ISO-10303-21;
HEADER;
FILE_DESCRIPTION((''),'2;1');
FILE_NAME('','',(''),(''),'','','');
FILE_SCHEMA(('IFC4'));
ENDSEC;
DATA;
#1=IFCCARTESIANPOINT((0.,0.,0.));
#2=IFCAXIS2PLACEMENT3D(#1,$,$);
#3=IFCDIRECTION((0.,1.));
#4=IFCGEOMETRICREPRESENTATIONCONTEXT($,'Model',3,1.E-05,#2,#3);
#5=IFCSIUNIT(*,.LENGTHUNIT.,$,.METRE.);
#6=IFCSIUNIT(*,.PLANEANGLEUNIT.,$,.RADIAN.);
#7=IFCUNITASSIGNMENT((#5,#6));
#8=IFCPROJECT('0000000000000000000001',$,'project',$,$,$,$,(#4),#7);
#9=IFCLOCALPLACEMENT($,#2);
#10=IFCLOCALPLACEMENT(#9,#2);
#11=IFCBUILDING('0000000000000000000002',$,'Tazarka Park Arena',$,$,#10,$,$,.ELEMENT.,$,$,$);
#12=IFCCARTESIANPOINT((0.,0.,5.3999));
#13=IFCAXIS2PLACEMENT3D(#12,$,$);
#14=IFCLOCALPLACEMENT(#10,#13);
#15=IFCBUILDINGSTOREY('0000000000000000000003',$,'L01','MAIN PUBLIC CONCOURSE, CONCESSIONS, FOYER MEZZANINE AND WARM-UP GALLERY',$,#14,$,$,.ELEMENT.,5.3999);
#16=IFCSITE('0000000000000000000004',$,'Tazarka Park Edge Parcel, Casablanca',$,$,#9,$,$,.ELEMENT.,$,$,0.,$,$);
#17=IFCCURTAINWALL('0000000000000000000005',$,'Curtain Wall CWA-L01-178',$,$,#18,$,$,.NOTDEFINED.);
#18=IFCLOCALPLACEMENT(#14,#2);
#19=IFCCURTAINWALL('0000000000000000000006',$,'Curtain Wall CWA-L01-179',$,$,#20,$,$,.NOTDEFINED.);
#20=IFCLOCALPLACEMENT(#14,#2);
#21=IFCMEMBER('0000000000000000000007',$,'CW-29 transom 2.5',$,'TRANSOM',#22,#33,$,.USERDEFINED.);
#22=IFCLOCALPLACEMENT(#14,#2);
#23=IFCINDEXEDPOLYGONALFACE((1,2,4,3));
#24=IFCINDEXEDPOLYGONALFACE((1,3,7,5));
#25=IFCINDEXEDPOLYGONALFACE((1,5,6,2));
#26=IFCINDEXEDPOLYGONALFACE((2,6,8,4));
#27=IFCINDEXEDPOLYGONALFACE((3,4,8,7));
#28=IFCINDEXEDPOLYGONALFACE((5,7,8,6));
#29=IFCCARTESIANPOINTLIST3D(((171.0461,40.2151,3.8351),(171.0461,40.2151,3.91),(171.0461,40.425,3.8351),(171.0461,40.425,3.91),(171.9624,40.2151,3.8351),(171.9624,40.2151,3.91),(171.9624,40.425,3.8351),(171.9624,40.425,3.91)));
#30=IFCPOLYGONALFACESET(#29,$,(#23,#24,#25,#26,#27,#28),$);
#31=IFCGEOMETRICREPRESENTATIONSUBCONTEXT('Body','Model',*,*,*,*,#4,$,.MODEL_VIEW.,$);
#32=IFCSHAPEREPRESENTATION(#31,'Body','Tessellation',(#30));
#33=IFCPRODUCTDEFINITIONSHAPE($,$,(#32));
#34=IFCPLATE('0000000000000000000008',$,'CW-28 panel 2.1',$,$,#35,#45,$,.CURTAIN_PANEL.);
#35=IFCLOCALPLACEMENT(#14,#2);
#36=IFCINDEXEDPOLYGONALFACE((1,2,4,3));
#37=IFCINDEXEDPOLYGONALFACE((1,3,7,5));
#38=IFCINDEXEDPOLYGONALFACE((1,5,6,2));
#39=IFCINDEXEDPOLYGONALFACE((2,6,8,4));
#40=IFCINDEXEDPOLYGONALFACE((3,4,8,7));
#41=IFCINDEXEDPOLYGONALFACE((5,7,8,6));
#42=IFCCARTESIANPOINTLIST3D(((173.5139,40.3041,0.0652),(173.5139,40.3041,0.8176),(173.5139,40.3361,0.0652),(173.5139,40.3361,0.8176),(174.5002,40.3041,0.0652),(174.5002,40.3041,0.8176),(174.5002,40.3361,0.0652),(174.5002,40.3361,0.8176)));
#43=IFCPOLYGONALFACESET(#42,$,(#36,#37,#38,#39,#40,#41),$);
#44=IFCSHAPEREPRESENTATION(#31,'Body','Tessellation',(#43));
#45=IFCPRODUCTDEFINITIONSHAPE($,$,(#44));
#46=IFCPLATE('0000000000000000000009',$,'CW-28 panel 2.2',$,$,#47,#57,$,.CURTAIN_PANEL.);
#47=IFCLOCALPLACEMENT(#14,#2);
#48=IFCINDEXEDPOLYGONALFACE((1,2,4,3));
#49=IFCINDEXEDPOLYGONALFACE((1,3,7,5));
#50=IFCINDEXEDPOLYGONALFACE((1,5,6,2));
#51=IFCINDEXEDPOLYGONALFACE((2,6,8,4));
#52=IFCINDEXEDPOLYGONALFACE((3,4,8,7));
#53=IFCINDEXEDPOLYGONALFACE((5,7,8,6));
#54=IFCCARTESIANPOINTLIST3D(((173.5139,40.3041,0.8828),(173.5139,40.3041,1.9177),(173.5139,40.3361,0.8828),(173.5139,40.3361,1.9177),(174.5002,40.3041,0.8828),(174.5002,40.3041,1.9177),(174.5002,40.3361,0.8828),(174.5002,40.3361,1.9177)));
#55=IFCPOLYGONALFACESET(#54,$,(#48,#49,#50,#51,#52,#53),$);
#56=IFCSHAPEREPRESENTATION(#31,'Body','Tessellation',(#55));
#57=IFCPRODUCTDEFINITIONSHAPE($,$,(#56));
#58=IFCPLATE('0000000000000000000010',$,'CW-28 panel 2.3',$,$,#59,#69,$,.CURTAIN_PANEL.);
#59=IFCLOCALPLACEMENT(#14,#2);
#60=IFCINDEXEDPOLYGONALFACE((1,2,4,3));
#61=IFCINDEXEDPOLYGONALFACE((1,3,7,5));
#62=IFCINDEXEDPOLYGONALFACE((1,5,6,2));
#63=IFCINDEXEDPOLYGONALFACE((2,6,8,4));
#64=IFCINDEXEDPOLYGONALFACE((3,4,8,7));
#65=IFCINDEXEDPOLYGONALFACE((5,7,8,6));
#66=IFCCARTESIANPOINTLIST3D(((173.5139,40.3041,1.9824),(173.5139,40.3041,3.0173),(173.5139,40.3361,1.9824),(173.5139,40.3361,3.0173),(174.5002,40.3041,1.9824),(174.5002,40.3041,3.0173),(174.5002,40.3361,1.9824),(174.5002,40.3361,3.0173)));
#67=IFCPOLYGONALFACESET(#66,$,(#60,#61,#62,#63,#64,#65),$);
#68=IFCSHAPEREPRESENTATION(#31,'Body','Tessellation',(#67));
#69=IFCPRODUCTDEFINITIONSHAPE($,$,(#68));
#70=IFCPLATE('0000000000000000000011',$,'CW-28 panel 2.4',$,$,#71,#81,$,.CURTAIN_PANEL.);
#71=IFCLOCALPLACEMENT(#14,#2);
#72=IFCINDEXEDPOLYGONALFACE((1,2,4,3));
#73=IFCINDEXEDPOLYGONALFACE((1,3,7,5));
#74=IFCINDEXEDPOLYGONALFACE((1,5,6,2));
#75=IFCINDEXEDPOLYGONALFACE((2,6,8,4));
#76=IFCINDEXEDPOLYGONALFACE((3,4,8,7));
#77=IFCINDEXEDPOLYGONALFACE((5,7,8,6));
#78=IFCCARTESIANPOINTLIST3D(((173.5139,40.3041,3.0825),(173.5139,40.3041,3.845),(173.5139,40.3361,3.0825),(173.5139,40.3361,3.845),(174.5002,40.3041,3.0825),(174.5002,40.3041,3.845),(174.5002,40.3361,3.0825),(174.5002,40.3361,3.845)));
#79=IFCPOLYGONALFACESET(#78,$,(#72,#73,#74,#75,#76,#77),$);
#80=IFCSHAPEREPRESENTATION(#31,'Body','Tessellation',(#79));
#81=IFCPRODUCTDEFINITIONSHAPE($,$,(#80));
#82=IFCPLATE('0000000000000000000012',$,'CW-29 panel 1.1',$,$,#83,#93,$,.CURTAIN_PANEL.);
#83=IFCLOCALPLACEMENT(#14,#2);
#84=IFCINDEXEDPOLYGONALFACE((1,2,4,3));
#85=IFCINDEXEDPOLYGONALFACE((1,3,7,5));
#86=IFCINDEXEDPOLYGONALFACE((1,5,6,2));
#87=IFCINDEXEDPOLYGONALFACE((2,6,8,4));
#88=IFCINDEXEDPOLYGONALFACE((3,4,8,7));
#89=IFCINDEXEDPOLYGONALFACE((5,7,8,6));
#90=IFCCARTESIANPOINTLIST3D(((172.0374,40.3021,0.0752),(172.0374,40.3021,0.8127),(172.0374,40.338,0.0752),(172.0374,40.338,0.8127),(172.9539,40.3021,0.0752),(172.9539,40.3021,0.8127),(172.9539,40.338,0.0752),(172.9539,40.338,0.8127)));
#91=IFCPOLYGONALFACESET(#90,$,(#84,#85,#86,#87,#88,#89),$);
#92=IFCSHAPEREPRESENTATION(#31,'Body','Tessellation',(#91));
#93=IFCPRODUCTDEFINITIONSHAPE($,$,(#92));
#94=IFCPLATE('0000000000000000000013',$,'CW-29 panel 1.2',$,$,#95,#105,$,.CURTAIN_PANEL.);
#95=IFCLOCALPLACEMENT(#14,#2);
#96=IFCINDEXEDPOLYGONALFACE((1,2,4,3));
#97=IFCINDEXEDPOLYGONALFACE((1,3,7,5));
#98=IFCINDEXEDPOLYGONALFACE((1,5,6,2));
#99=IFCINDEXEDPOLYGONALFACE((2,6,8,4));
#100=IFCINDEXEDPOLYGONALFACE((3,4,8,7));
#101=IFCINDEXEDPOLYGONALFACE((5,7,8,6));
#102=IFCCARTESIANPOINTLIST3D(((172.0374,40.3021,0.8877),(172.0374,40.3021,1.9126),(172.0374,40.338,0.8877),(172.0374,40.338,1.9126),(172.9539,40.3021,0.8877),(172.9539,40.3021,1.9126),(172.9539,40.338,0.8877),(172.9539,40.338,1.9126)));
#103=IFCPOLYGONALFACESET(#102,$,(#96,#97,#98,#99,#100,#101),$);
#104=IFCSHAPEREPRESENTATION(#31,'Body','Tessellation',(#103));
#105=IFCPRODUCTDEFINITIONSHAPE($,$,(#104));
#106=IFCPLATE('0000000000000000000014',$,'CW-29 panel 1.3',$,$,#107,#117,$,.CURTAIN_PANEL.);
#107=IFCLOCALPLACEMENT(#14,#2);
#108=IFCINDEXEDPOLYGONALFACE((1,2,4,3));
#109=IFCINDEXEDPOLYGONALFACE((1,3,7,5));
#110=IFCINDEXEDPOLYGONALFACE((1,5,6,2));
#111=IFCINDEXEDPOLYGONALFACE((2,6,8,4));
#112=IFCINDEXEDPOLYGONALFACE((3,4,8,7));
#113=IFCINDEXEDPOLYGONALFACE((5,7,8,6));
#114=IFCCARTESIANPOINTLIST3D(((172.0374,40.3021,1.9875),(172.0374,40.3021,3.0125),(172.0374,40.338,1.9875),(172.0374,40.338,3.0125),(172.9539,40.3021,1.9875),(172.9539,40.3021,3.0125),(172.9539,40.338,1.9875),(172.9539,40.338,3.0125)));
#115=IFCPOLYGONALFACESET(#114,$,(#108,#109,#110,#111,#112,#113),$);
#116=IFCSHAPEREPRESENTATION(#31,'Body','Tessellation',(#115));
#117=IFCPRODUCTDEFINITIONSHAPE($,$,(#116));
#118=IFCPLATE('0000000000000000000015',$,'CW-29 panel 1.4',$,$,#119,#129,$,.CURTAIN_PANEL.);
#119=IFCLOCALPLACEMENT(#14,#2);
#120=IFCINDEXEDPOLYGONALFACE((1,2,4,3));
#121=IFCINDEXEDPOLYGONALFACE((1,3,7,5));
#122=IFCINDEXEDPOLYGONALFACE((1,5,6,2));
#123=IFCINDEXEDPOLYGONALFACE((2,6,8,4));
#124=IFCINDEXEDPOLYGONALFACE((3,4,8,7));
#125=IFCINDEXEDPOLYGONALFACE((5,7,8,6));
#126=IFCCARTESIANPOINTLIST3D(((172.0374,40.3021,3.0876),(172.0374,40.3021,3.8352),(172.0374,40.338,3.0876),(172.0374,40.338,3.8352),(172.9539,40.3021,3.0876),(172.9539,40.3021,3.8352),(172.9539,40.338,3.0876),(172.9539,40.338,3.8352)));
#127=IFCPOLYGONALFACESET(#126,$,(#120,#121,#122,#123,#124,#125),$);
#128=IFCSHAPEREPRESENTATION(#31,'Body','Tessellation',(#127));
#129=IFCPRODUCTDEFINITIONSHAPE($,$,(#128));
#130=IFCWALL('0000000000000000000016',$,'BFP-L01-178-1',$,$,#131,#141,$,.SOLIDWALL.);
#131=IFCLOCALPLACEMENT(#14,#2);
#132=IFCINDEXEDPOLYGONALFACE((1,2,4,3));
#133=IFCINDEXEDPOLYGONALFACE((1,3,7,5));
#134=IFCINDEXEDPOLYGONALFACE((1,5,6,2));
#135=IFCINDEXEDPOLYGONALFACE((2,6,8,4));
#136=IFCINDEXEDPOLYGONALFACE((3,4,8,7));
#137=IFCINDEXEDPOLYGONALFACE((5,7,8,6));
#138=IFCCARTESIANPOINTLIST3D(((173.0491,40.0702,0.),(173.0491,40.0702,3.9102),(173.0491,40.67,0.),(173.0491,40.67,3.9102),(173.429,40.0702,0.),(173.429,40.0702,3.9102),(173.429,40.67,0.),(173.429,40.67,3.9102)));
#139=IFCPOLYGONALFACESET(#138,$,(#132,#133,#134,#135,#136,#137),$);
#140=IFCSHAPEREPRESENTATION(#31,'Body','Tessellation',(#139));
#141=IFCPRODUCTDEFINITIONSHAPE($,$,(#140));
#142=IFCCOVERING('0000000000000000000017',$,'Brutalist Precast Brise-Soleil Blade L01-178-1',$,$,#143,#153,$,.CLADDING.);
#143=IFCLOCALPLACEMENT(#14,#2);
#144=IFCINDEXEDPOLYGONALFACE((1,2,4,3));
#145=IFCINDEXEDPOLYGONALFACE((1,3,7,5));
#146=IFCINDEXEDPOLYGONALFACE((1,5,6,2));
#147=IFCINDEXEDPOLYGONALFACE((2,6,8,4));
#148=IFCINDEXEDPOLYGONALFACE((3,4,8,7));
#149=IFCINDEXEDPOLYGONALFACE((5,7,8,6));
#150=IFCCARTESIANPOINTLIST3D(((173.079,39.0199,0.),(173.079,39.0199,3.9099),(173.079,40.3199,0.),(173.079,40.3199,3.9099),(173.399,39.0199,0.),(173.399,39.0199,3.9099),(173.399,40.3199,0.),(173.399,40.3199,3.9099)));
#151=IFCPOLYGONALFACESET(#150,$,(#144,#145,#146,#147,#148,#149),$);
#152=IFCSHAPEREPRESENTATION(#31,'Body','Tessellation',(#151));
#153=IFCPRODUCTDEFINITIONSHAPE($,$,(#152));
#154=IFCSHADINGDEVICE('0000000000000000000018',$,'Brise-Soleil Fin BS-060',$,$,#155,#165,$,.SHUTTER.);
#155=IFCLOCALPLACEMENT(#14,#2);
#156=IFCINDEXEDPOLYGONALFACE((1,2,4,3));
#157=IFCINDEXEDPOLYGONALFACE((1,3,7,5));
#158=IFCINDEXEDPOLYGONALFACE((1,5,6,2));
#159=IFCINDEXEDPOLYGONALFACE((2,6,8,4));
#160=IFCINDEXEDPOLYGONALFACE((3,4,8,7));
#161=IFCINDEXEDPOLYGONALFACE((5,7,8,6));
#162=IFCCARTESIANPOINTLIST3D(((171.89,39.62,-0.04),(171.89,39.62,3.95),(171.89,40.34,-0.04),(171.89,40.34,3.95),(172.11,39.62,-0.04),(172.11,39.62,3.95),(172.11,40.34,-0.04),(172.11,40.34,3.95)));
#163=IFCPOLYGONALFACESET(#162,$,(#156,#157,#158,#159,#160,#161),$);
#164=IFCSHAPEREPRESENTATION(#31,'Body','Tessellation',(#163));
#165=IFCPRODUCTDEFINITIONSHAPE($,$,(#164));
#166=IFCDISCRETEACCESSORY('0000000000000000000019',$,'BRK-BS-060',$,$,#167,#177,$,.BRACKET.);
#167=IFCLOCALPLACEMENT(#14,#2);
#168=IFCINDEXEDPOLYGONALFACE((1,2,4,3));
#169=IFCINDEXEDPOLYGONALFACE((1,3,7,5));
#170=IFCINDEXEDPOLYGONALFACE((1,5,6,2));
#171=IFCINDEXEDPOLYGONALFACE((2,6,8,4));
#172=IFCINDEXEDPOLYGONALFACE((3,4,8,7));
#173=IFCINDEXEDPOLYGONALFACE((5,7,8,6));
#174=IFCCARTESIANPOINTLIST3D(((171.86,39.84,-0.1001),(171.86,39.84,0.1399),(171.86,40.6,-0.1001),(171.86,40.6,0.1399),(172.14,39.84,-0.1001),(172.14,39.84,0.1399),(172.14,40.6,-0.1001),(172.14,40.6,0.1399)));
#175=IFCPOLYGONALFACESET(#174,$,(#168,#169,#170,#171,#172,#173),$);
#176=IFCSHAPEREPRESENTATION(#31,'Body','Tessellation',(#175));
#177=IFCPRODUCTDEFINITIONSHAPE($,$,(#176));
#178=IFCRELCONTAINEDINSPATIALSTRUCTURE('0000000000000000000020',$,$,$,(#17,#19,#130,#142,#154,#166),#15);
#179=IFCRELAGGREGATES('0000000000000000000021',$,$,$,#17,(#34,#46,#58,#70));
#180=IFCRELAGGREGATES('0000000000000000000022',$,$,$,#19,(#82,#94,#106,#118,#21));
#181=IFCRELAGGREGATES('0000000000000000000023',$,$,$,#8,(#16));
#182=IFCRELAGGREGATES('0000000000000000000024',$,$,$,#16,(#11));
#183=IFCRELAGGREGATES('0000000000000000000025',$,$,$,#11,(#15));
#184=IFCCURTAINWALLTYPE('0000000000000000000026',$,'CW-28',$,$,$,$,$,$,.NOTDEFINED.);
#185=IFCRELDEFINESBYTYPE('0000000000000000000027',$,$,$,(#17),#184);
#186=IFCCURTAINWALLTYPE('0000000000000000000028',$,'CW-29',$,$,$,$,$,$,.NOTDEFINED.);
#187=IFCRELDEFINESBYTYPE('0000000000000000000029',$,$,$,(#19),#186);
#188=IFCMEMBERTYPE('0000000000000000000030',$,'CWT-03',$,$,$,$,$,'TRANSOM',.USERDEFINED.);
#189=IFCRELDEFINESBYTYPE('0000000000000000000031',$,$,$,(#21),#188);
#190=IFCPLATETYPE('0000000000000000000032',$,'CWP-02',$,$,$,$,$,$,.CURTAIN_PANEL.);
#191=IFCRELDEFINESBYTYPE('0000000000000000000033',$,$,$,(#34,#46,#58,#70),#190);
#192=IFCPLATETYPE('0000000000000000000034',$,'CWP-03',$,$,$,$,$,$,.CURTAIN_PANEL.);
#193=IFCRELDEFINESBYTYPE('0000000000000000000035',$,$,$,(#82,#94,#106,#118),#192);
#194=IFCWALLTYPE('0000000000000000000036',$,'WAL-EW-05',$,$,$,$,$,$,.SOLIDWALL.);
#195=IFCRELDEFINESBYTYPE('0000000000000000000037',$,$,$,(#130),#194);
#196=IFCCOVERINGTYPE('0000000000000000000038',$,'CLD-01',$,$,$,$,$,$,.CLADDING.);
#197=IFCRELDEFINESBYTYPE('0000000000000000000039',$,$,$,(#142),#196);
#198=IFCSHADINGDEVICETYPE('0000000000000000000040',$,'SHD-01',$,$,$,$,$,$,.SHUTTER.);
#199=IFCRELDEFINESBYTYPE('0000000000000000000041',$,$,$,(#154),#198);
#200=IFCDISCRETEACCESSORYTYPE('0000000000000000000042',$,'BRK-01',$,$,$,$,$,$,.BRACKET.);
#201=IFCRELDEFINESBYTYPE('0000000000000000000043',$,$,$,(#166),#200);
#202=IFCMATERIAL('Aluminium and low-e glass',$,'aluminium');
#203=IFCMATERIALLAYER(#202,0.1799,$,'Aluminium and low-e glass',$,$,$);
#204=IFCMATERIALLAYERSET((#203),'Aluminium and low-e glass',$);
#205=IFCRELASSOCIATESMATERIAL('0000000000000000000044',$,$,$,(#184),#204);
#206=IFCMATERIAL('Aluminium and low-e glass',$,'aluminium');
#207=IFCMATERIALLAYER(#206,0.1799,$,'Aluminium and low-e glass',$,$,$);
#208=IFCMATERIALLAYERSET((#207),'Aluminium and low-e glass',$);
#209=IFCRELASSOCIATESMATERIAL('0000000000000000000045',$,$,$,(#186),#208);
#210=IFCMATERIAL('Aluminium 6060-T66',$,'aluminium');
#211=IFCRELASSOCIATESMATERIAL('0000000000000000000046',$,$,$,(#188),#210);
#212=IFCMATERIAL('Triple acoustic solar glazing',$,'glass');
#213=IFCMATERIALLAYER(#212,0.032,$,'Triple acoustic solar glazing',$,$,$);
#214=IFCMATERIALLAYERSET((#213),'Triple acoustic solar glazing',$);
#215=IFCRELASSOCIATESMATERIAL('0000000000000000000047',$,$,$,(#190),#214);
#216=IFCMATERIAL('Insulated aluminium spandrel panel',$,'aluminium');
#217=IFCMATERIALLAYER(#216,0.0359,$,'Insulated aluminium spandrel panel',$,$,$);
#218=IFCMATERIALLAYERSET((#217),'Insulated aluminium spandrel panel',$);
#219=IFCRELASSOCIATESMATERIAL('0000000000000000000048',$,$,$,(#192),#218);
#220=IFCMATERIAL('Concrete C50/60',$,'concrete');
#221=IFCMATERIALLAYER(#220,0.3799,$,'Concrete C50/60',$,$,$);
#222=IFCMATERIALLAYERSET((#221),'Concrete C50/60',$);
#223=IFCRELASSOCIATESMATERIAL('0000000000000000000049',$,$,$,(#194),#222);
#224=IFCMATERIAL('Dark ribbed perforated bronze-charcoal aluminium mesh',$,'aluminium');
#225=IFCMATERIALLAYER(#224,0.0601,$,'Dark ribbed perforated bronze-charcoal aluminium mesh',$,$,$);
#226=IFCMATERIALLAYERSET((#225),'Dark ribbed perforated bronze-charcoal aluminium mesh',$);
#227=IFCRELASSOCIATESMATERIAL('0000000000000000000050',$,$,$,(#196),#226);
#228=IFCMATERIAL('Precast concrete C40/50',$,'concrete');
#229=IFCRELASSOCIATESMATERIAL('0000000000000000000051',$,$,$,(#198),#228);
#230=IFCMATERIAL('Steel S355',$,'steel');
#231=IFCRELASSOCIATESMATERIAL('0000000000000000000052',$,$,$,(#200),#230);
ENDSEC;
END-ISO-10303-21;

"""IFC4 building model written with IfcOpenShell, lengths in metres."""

from ifc_helpers import new_model, si_unit, direction, frame, frame_2d, origin, origin_2d, place, context, subcontext, project, spatial, rectangle, extrude, material, layer, layer_set, material_profile, profile_set, type_object, element, aggregate, save


model = new_model("IFC4")

# Units and contexts
model_context = context("Model", 3, precision=1e-05, world=origin(), true_north=direction((0.0, 1.0)))
body_context = subcontext(model_context, "Body", "Model", "MODEL_VIEW")
ifc_project = project(units=[si_unit("LENGTHUNIT", "METRE"), si_unit("PLANEANGLEUNIT", "RADIAN")], contexts=[model_context])

# Site, building, storey
site_placement = place(None, origin())
site = spatial("IfcSite", under=ifc_project, at=site_placement, Name="Tazarka Park Edge Parcel, Casablanca", CompositionType="ELEMENT", RefElevation=0.0)
building_placement = place(site_placement, origin())
building = spatial("IfcBuilding", under=site, at=building_placement, Name="Tazarka Park Arena", CompositionType="ELEMENT")
storey_placement = place(building_placement, frame((0.0, 0.0, 5.3999)))
storey = spatial("IfcBuildingStorey", under=building, at=storey_placement, Name="L01", Description="MAIN PUBLIC CONCOURSE, CONCESSIONS, FOYER MEZZANINE AND WARM-UP GALLERY", CompositionType="ELEMENT", Elevation=5.3999)

# Curtain walls
ifc_material_1 = material(Name="Aluminium and low-e glass", Category="aluminium")
ifc_layer_1 = layer(ifc_material_1, 0.1799, Name="Aluminium and low-e glass")
ifc_layer_set_1 = layer_set([ifc_layer_1], Name="Aluminium and low-e glass")
curtain_wall_type_1 = type_object("IfcCurtainWallType", Name="CW-28", PredefinedType="NOTDEFINED", material=ifc_layer_set_1)
curtain_wall_1_placement = place(storey_placement, origin())
curtain_wall_1 = element("IfcCurtainWall", 1, at=curtain_wall_1_placement, inside=storey, type_object=curtain_wall_type_1, Name="Curtain Wall CWA-L01-178", PredefinedType="NOTDEFINED")
ifc_material_2 = material(Name="Aluminium and low-e glass", Category="aluminium")
ifc_layer_2 = layer(ifc_material_2, 0.1799, Name="Aluminium and low-e glass")
ifc_layer_set_2 = layer_set([ifc_layer_2], Name="Aluminium and low-e glass")
curtain_wall_type_2 = type_object("IfcCurtainWallType", Name="CW-29", PredefinedType="NOTDEFINED", material=ifc_layer_set_2)
curtain_wall_2_placement = place(storey_placement, origin())
curtain_wall_2 = element("IfcCurtainWall", 2, at=curtain_wall_2_placement, inside=storey, type_object=curtain_wall_type_2, Name="Curtain Wall CWA-L01-179", PredefinedType="NOTDEFINED")

# Member
ifc_material_3 = material(Name="Aluminium 6060-T66", Category="aluminium")
ifc_material_profile_1 = material_profile(ifc_material_3, rectangle(XDim=0.21, YDim=0.075, at=origin_2d()), Name="Aluminium 6060-T66")
ifc_profile_set_1 = profile_set([ifc_material_profile_1], Name="Aluminium 6060-T66")
member_type_1 = type_object("IfcMemberType", Name="CWT-03", ElementType="TRANSOM", PredefinedType="USERDEFINED", material=ifc_profile_set_1)
member_1_placement = place(storey_placement, frame((171.9624, 40.3201, 3.8726), z_axis=(-1.0, 0.0, 0.0), x_axis=(0.0, -1.0, 0.0)))
member_1 = element("IfcMember", 3, at=member_1_placement, type_object=member_type_1, Name="CW-29 transom 2.5", ObjectType="TRANSOM", PredefinedType="USERDEFINED", context=body_context, shape_type="SweptSolid", body=[
    extrude(rectangle(XDim=0.21, YDim=0.075, at=origin_2d()), origin(), (0.0, 0.0, 1.0), 0.9163),
])

# Plates
ifc_material_4 = material(Name="Triple acoustic solar glazing", Category="glass")
ifc_layer_3 = layer(ifc_material_4, 0.032, Name="Triple acoustic solar glazing")
ifc_layer_set_3 = layer_set([ifc_layer_3], Name="Triple acoustic solar glazing")
plate_type_1 = type_object("IfcPlateType", Name="CWP-02", PredefinedType="CURTAIN_PANEL", material=ifc_layer_set_3)
plate_1_placement = place(storey_placement, frame((174.0071, 40.3201, 0.0652), z_axis=(0.0, 0.0, 1.0), x_axis=(-1.0, 0.0, 0.0)))
plate_1 = element("IfcPlate", 4, at=plate_1_placement, type_object=plate_type_1, Name="CW-28 panel 2.1", PredefinedType="CURTAIN_PANEL", context=body_context, shape_type="SweptSolid", body=[
    extrude(rectangle(XDim=0.9863, YDim=0.032, at=origin_2d()), origin(), (0.0, 0.0, 1.0), 0.7524),
])
plate_2_placement = place(storey_placement, frame((174.0071, 40.3201, 0.8828), z_axis=(0.0, 0.0, 1.0), x_axis=(-1.0, 0.0, 0.0)))
plate_2 = element("IfcPlate", 5, at=plate_2_placement, type_object=plate_type_1, Name="CW-28 panel 2.2", PredefinedType="CURTAIN_PANEL", context=body_context, shape_type="SweptSolid", body=[
    extrude(rectangle(XDim=0.9863, YDim=0.032, at=origin_2d()), origin(), (0.0, 0.0, 1.0), 1.0349),
])
plate_3_placement = place(storey_placement, frame((174.0071, 40.3201, 1.9824), z_axis=(0.0, 0.0, 1.0), x_axis=(-1.0, 0.0, 0.0)))
plate_3 = element("IfcPlate", 6, at=plate_3_placement, type_object=plate_type_1, Name="CW-28 panel 2.3", PredefinedType="CURTAIN_PANEL", context=body_context, shape_type="SweptSolid", body=[
    extrude(rectangle(XDim=0.9863, YDim=0.032, at=origin_2d()), origin(), (0.0, 0.0, 1.0), 1.0349),
])
plate_4_placement = place(storey_placement, frame((174.0071, 40.3201, 3.0825), z_axis=(0.0, 0.0, 1.0), x_axis=(-1.0, 0.0, 0.0)))
plate_4 = element("IfcPlate", 7, at=plate_4_placement, type_object=plate_type_1, Name="CW-28 panel 2.4", PredefinedType="CURTAIN_PANEL", context=body_context, shape_type="SweptSolid", body=[
    extrude(rectangle(XDim=0.9863, YDim=0.032, at=origin_2d()), origin(), (0.0, 0.0, 1.0), 0.7625),
])
aggregate(curtain_wall_1, [plate_1, plate_2, plate_3, plate_4])
ifc_material_5 = material(Name="Insulated aluminium spandrel panel", Category="aluminium")
ifc_layer_4 = layer(ifc_material_5, 0.0359, Name="Insulated aluminium spandrel panel")
ifc_layer_set_4 = layer_set([ifc_layer_4], Name="Insulated aluminium spandrel panel")
plate_type_2 = type_object("IfcPlateType", Name="CWP-03", PredefinedType="CURTAIN_PANEL", material=ifc_layer_set_4)
plate_5_placement = place(storey_placement, frame((172.4956, 40.3201, 0.0752), z_axis=(0.0, 0.0, 1.0), x_axis=(-1.0, 0.0, 0.0)))
plate_5 = element("IfcPlate", 8, at=plate_5_placement, type_object=plate_type_2, Name="CW-29 panel 1.1", PredefinedType="CURTAIN_PANEL", context=body_context, shape_type="SweptSolid", body=[
    extrude(rectangle(XDim=0.9165, YDim=0.0359, at=origin_2d()), origin(), (0.0, 0.0, 1.0), 0.7375),
])
plate_6_placement = place(storey_placement, frame((172.4956, 40.3201, 0.8877), z_axis=(0.0, 0.0, 1.0), x_axis=(-1.0, 0.0, 0.0)))
plate_6 = element("IfcPlate", 9, at=plate_6_placement, type_object=plate_type_2, Name="CW-29 panel 1.2", PredefinedType="CURTAIN_PANEL", context=body_context, shape_type="SweptSolid", body=[
    extrude(rectangle(XDim=0.9165, YDim=0.0359, at=origin_2d()), origin(), (0.0, 0.0, 1.0), 1.0249),
])
plate_7_placement = place(storey_placement, frame((172.4956, 40.3201, 1.9875), z_axis=(0.0, 0.0, 1.0), x_axis=(-1.0, 0.0, 0.0)))
plate_7 = element("IfcPlate", 10, at=plate_7_placement, type_object=plate_type_2, Name="CW-29 panel 1.3", PredefinedType="CURTAIN_PANEL", context=body_context, shape_type="SweptSolid", body=[
    extrude(rectangle(XDim=0.9165, YDim=0.0359, at=origin_2d()), origin(), (0.0, 0.0, 1.0), 1.0249),
])
plate_8_placement = place(storey_placement, frame((172.4956, 40.3201, 3.0876), z_axis=(0.0, 0.0, 1.0), x_axis=(-1.0, 0.0, 0.0)))
plate_8 = element("IfcPlate", 11, at=plate_8_placement, type_object=plate_type_2, Name="CW-29 panel 1.4", PredefinedType="CURTAIN_PANEL", context=body_context, shape_type="SweptSolid", body=[
    extrude(rectangle(XDim=0.9165, YDim=0.0359, at=origin_2d()), origin(), (0.0, 0.0, 1.0), 0.7476),
])
aggregate(curtain_wall_2, [plate_5, plate_6, plate_7, plate_8, member_1])

# Wall
ifc_material_6 = material(Name="Concrete C50/60", Category="concrete")
ifc_layer_5 = layer(ifc_material_6, 0.3799, Name="Concrete C50/60")
ifc_layer_set_5 = layer_set([ifc_layer_5], Name="Concrete C50/60")
wall_type = type_object("IfcWallType", Name="WAL-EW-05", PredefinedType="SOLIDWALL", material=ifc_layer_set_5)
wall_placement = place(storey_placement, frame((173.239, 40.6699, 0.0), z_axis=(0.0, 0.0, 1.0), x_axis=(0.0, -1.0, 0.0)))
element("IfcWall", 12, at=wall_placement, inside=storey, type_object=wall_type, Name="BFP-L01-178-1", PredefinedType="SOLIDWALL", context=body_context, shape_type="SweptSolid", body=[
    extrude(rectangle(XDim=0.5999, YDim=0.3799, at=frame_2d((0.2998, 0.0))), origin(), (0.0, 0.0, 1.0), 3.9102),
])

# Covering
ifc_material_7 = material(Name="Dark ribbed perforated bronze-charcoal aluminium mesh", Category="aluminium")
ifc_layer_6 = layer(ifc_material_7, 0.0601, Name="Dark ribbed perforated bronze-charcoal aluminium mesh")
ifc_layer_set_6 = layer_set([ifc_layer_6], Name="Dark ribbed perforated bronze-charcoal aluminium mesh")
covering_type = type_object("IfcCoveringType", Name="CLD-01", PredefinedType="CLADDING", material=ifc_layer_set_6)
covering_placement = place(storey_placement, frame((173.239, 39.6699, 0.0), z_axis=(0.0, 0.0, 1.0), x_axis=(-1.0, 0.0, 0.0)))
element("IfcCovering", 13, at=covering_placement, inside=storey, type_object=covering_type, Name="Brutalist Precast Brise-Soleil Blade L01-178-1", PredefinedType="CLADDING", context=body_context, shape_type="SweptSolid", body=[
    extrude(rectangle(XDim=0.3201, YDim=1.3, at=origin_2d()), origin(), (0.0, 0.0, 1.0), 3.9099),
])

# Shading device
ifc_material_8 = material(Name="Precast concrete C40/50", Category="concrete")
shading_device_type = type_object("IfcShadingDeviceType", Name="SHD-01", PredefinedType="SHUTTER", material=ifc_material_8)
shading_device_placement = place(storey_placement, frame((172.0, 39.98, -0.04), z_axis=(0.0, 0.0, 1.0), x_axis=(-1.0, 0.0, 0.0)))
element("IfcShadingDevice", 14, at=shading_device_placement, inside=storey, type_object=shading_device_type, Name="Brise-Soleil Fin BS-060", PredefinedType="SHUTTER", context=body_context, shape_type="SweptSolid", body=[
    extrude(rectangle(XDim=0.22, YDim=0.72, at=origin_2d()), origin(), (0.0, 0.0, 1.0), 3.99),
])

# Discrete accessory
ifc_material_9 = material(Name="Steel S355", Category="steel")
discrete_accessory_type = type_object("IfcDiscreteAccessoryType", Name="BRK-01", PredefinedType="BRACKET", material=ifc_material_9)
discrete_accessory_placement = place(storey_placement, frame((172.0, 40.22, -0.1001), z_axis=(0.0, 0.0, 1.0), x_axis=(-1.0, 0.0, 0.0)))
element("IfcDiscreteAccessory", 15, at=discrete_accessory_placement, inside=storey, type_object=discrete_accessory_type, Name="BRK-BS-060", PredefinedType="BRACKET", context=body_context, shape_type="SweptSolid", body=[
    extrude(rectangle(XDim=0.28, YDim=0.76, at=origin_2d()), origin(), (0.0, 0.0, 1.0), 0.24),
])

save(model, "model.ifc")
